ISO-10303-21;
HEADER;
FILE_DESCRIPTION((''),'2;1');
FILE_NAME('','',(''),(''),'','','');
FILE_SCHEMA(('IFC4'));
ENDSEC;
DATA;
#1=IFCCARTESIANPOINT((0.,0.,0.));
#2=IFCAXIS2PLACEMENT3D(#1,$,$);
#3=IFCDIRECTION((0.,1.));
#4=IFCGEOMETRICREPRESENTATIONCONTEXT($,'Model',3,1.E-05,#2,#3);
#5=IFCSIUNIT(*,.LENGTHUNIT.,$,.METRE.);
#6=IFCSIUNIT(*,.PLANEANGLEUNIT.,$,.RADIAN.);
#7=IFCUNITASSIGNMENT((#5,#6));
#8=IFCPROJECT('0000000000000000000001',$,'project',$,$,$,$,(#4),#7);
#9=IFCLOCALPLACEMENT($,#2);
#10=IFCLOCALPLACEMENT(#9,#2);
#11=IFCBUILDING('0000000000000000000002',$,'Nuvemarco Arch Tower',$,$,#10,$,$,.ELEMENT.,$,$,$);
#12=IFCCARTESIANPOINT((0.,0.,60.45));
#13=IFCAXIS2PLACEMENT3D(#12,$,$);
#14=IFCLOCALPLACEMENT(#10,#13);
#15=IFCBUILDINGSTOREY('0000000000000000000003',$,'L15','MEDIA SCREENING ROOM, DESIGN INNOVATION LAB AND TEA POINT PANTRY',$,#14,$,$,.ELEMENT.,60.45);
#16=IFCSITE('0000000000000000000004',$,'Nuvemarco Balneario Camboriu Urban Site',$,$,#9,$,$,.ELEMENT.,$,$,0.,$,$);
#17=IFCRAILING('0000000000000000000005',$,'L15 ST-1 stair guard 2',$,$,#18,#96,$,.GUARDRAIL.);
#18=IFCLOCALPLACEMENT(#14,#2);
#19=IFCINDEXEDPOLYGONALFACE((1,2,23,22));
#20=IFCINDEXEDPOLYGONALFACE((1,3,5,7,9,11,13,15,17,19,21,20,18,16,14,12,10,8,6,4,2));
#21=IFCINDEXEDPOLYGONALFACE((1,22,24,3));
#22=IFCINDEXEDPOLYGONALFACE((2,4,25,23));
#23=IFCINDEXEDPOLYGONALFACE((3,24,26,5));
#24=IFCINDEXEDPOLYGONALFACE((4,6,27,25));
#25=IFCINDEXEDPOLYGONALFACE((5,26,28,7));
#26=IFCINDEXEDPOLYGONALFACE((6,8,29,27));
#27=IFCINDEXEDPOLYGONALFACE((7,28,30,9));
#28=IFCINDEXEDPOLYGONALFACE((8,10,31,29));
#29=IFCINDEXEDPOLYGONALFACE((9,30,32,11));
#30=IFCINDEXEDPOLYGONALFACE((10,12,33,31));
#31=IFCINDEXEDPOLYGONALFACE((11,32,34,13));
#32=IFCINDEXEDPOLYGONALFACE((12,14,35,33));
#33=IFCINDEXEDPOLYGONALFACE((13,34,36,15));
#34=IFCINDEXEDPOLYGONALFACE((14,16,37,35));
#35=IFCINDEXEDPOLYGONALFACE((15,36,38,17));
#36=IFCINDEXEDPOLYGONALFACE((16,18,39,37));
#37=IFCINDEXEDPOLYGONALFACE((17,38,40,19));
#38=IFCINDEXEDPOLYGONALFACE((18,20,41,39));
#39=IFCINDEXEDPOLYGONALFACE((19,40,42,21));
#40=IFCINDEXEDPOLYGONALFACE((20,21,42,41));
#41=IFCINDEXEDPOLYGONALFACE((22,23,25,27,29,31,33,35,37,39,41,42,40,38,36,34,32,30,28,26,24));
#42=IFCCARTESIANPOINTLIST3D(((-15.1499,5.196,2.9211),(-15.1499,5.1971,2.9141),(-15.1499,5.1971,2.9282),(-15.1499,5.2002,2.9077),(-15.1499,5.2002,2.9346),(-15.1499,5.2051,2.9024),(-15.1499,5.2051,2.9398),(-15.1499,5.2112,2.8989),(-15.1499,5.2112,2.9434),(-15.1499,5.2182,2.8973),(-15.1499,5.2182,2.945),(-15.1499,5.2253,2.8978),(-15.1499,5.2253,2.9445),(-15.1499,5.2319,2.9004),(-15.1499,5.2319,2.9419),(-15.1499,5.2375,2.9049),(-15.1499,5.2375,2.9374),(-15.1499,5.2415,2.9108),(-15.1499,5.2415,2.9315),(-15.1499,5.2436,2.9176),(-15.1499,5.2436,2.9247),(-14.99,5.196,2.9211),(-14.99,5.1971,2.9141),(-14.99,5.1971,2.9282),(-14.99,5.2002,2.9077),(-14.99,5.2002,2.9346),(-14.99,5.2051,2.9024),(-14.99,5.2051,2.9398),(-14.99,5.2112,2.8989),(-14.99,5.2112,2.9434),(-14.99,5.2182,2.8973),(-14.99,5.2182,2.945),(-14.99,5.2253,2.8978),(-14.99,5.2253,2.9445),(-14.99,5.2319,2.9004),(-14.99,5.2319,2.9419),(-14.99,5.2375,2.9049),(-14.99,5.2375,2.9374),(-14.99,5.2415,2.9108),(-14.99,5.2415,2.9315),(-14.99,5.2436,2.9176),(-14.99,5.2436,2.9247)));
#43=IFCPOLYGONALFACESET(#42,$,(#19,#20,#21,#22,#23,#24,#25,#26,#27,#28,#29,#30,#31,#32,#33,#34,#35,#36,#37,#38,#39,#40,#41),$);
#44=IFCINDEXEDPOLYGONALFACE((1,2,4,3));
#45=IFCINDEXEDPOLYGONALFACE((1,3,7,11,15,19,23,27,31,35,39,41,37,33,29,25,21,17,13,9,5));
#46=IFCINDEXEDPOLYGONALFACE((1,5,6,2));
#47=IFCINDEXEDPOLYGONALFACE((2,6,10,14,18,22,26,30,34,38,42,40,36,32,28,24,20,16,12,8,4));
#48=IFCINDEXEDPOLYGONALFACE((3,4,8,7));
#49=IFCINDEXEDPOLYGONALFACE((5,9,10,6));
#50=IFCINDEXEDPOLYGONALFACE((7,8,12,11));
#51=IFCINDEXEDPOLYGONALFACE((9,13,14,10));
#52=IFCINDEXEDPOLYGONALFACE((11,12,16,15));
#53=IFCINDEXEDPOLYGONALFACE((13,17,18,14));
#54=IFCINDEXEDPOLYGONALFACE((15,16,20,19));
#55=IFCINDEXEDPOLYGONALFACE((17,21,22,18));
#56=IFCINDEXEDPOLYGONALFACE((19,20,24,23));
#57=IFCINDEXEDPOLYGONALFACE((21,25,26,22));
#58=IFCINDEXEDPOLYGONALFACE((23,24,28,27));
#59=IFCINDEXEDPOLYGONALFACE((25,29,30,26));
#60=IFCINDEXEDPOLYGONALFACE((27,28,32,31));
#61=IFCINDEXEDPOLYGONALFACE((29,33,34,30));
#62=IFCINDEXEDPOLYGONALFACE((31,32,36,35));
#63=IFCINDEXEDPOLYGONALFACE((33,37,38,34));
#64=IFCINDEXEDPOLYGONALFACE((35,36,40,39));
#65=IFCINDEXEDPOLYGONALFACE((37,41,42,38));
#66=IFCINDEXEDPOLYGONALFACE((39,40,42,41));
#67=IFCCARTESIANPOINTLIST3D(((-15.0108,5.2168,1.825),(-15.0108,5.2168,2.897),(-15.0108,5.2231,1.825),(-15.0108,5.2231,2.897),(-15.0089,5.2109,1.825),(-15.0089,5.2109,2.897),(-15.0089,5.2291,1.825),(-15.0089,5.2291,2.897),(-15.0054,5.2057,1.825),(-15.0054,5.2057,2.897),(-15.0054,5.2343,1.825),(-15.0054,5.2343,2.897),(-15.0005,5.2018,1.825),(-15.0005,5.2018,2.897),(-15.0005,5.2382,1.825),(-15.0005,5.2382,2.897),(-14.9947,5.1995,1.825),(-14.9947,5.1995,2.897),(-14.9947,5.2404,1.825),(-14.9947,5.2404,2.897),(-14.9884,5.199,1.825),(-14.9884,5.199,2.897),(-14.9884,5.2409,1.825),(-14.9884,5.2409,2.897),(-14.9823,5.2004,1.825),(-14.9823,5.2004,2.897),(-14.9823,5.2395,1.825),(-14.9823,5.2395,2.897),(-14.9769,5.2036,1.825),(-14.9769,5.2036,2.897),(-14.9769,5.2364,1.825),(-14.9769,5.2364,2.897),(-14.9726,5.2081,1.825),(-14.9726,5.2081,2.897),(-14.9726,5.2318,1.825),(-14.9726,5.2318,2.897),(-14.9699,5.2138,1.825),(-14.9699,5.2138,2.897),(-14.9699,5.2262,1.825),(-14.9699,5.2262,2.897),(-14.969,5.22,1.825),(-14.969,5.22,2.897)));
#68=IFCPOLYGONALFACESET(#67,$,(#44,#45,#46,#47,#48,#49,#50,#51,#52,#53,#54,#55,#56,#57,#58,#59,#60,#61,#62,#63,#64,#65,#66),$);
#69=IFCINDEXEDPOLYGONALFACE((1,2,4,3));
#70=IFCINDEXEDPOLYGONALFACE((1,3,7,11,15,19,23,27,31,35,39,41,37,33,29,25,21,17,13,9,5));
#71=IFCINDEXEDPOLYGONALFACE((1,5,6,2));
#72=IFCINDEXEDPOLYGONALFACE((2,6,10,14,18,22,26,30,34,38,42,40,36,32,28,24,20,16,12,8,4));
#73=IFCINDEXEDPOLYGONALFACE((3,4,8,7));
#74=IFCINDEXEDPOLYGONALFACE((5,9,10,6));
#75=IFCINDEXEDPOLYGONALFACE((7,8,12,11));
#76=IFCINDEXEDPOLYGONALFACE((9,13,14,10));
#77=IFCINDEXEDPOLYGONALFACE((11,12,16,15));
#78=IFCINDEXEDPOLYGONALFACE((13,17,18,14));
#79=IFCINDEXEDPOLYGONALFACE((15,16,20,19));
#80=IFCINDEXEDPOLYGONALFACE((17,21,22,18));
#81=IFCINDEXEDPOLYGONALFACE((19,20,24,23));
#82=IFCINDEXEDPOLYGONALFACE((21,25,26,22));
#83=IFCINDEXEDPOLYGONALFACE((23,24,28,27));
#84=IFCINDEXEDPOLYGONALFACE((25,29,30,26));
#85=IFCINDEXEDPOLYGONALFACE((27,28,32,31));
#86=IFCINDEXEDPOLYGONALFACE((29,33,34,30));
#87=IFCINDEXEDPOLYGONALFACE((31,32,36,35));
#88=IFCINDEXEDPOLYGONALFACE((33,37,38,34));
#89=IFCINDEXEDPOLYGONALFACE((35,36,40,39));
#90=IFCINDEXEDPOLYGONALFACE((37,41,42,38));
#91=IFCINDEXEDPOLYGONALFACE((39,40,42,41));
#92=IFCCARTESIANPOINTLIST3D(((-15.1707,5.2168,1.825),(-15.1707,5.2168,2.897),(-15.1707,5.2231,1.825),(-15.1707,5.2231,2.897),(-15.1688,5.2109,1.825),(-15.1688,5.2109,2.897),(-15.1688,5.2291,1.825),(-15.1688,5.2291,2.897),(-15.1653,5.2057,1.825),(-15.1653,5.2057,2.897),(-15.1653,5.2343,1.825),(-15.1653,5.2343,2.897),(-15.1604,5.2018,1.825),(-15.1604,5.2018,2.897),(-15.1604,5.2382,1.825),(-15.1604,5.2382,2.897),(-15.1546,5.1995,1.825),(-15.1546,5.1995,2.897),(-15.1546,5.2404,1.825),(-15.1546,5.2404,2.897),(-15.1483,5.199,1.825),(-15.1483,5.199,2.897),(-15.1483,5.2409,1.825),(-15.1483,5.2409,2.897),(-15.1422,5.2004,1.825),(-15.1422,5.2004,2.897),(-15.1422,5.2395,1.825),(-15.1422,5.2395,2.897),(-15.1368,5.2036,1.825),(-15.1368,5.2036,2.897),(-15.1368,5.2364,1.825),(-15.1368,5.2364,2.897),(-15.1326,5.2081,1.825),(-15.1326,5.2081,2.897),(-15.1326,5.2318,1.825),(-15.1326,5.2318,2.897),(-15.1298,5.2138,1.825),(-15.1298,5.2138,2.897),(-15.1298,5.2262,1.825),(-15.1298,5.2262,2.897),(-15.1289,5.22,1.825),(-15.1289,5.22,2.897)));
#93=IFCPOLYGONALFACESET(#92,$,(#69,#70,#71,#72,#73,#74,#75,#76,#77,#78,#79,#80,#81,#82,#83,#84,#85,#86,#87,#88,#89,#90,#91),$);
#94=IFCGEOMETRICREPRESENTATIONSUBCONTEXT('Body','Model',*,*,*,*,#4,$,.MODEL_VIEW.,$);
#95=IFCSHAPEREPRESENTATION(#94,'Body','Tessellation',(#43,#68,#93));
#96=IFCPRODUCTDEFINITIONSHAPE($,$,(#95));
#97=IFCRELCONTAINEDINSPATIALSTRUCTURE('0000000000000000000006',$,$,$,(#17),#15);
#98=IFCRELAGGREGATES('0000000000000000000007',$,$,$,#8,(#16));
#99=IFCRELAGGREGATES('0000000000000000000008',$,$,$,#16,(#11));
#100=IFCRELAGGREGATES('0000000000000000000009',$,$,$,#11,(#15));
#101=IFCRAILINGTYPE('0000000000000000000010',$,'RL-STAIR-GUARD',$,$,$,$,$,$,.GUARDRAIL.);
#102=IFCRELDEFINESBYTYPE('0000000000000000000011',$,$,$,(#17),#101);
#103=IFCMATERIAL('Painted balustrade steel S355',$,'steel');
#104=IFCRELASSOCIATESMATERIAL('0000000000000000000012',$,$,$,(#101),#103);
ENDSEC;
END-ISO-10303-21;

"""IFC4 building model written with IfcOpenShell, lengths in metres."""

from ifc_helpers import new_model, si_unit, direction, frame, origin, origin_2d, place, context, subcontext, project, spatial, circle, extrude, material, type_object, element, save


model = new_model("IFC4")

# Units and contexts
model_context = context("Model", 3, precision=1e-05, world=origin(), true_north=direction((0.0, 1.0)))
body_context = subcontext(model_context, "Body", "Model", "MODEL_VIEW")
ifc_project = project(units=[si_unit("LENGTHUNIT", "METRE"), si_unit("PLANEANGLEUNIT", "RADIAN")], contexts=[model_context])

# Site, building, storey
site_placement = place(None, origin())
site = spatial("IfcSite", under=ifc_project, at=site_placement, Name="Nuvemarco Balneario Camboriu Urban Site", CompositionType="ELEMENT", RefElevation=0.0)
building_placement = place(site_placement, origin())
building = spatial("IfcBuilding", under=site, at=building_placement, Name="Nuvemarco Arch Tower", CompositionType="ELEMENT")
storey_placement = place(building_placement, frame((0.0, 0.0, 60.45)))
storey = spatial("IfcBuildingStorey", under=building, at=storey_placement, Name="L15", Description="MEDIA SCREENING ROOM, DESIGN INNOVATION LAB AND TEA POINT PANTRY", CompositionType="ELEMENT", Elevation=60.45)

# Railing
ifc_material_1 = material(Name="Painted balustrade steel S355", Category="steel")
railing_type_1 = type_object("IfcRailingType", Name="RL-STAIR-GUARD", PredefinedType="GUARDRAIL", material=ifc_material_1)
railing_1_placement = place(storey_placement, frame((-14.99, 5.22, 1.825)))
element("IfcRailing", 1, at=railing_1_placement, inside=storey, type_object=railing_type_1, Name="L15 ST-1 stair guard 2", PredefinedType="GUARDRAIL", context=body_context, shape_type="SweptSolid", body=[
    extrude(circle(Radius=0.0239, at=origin_2d()), frame((0.0, 0.0, 1.0962), z_axis=(-1.0, 0.0, 0.0), x_axis=(0.0, -1.0, 0.0)), (0.0, 0.0, 1.0), 0.1599),
    extrude(circle(Radius=0.021, at=origin_2d()), origin(), (0.0, 0.0, 1.0), 1.072),
    extrude(circle(Radius=0.021, at=origin_2d()), frame((-0.1599, 0.0, 0.0)), (0.0, 0.0, 1.0), 1.072),
])

save(model, "model.ifc")
